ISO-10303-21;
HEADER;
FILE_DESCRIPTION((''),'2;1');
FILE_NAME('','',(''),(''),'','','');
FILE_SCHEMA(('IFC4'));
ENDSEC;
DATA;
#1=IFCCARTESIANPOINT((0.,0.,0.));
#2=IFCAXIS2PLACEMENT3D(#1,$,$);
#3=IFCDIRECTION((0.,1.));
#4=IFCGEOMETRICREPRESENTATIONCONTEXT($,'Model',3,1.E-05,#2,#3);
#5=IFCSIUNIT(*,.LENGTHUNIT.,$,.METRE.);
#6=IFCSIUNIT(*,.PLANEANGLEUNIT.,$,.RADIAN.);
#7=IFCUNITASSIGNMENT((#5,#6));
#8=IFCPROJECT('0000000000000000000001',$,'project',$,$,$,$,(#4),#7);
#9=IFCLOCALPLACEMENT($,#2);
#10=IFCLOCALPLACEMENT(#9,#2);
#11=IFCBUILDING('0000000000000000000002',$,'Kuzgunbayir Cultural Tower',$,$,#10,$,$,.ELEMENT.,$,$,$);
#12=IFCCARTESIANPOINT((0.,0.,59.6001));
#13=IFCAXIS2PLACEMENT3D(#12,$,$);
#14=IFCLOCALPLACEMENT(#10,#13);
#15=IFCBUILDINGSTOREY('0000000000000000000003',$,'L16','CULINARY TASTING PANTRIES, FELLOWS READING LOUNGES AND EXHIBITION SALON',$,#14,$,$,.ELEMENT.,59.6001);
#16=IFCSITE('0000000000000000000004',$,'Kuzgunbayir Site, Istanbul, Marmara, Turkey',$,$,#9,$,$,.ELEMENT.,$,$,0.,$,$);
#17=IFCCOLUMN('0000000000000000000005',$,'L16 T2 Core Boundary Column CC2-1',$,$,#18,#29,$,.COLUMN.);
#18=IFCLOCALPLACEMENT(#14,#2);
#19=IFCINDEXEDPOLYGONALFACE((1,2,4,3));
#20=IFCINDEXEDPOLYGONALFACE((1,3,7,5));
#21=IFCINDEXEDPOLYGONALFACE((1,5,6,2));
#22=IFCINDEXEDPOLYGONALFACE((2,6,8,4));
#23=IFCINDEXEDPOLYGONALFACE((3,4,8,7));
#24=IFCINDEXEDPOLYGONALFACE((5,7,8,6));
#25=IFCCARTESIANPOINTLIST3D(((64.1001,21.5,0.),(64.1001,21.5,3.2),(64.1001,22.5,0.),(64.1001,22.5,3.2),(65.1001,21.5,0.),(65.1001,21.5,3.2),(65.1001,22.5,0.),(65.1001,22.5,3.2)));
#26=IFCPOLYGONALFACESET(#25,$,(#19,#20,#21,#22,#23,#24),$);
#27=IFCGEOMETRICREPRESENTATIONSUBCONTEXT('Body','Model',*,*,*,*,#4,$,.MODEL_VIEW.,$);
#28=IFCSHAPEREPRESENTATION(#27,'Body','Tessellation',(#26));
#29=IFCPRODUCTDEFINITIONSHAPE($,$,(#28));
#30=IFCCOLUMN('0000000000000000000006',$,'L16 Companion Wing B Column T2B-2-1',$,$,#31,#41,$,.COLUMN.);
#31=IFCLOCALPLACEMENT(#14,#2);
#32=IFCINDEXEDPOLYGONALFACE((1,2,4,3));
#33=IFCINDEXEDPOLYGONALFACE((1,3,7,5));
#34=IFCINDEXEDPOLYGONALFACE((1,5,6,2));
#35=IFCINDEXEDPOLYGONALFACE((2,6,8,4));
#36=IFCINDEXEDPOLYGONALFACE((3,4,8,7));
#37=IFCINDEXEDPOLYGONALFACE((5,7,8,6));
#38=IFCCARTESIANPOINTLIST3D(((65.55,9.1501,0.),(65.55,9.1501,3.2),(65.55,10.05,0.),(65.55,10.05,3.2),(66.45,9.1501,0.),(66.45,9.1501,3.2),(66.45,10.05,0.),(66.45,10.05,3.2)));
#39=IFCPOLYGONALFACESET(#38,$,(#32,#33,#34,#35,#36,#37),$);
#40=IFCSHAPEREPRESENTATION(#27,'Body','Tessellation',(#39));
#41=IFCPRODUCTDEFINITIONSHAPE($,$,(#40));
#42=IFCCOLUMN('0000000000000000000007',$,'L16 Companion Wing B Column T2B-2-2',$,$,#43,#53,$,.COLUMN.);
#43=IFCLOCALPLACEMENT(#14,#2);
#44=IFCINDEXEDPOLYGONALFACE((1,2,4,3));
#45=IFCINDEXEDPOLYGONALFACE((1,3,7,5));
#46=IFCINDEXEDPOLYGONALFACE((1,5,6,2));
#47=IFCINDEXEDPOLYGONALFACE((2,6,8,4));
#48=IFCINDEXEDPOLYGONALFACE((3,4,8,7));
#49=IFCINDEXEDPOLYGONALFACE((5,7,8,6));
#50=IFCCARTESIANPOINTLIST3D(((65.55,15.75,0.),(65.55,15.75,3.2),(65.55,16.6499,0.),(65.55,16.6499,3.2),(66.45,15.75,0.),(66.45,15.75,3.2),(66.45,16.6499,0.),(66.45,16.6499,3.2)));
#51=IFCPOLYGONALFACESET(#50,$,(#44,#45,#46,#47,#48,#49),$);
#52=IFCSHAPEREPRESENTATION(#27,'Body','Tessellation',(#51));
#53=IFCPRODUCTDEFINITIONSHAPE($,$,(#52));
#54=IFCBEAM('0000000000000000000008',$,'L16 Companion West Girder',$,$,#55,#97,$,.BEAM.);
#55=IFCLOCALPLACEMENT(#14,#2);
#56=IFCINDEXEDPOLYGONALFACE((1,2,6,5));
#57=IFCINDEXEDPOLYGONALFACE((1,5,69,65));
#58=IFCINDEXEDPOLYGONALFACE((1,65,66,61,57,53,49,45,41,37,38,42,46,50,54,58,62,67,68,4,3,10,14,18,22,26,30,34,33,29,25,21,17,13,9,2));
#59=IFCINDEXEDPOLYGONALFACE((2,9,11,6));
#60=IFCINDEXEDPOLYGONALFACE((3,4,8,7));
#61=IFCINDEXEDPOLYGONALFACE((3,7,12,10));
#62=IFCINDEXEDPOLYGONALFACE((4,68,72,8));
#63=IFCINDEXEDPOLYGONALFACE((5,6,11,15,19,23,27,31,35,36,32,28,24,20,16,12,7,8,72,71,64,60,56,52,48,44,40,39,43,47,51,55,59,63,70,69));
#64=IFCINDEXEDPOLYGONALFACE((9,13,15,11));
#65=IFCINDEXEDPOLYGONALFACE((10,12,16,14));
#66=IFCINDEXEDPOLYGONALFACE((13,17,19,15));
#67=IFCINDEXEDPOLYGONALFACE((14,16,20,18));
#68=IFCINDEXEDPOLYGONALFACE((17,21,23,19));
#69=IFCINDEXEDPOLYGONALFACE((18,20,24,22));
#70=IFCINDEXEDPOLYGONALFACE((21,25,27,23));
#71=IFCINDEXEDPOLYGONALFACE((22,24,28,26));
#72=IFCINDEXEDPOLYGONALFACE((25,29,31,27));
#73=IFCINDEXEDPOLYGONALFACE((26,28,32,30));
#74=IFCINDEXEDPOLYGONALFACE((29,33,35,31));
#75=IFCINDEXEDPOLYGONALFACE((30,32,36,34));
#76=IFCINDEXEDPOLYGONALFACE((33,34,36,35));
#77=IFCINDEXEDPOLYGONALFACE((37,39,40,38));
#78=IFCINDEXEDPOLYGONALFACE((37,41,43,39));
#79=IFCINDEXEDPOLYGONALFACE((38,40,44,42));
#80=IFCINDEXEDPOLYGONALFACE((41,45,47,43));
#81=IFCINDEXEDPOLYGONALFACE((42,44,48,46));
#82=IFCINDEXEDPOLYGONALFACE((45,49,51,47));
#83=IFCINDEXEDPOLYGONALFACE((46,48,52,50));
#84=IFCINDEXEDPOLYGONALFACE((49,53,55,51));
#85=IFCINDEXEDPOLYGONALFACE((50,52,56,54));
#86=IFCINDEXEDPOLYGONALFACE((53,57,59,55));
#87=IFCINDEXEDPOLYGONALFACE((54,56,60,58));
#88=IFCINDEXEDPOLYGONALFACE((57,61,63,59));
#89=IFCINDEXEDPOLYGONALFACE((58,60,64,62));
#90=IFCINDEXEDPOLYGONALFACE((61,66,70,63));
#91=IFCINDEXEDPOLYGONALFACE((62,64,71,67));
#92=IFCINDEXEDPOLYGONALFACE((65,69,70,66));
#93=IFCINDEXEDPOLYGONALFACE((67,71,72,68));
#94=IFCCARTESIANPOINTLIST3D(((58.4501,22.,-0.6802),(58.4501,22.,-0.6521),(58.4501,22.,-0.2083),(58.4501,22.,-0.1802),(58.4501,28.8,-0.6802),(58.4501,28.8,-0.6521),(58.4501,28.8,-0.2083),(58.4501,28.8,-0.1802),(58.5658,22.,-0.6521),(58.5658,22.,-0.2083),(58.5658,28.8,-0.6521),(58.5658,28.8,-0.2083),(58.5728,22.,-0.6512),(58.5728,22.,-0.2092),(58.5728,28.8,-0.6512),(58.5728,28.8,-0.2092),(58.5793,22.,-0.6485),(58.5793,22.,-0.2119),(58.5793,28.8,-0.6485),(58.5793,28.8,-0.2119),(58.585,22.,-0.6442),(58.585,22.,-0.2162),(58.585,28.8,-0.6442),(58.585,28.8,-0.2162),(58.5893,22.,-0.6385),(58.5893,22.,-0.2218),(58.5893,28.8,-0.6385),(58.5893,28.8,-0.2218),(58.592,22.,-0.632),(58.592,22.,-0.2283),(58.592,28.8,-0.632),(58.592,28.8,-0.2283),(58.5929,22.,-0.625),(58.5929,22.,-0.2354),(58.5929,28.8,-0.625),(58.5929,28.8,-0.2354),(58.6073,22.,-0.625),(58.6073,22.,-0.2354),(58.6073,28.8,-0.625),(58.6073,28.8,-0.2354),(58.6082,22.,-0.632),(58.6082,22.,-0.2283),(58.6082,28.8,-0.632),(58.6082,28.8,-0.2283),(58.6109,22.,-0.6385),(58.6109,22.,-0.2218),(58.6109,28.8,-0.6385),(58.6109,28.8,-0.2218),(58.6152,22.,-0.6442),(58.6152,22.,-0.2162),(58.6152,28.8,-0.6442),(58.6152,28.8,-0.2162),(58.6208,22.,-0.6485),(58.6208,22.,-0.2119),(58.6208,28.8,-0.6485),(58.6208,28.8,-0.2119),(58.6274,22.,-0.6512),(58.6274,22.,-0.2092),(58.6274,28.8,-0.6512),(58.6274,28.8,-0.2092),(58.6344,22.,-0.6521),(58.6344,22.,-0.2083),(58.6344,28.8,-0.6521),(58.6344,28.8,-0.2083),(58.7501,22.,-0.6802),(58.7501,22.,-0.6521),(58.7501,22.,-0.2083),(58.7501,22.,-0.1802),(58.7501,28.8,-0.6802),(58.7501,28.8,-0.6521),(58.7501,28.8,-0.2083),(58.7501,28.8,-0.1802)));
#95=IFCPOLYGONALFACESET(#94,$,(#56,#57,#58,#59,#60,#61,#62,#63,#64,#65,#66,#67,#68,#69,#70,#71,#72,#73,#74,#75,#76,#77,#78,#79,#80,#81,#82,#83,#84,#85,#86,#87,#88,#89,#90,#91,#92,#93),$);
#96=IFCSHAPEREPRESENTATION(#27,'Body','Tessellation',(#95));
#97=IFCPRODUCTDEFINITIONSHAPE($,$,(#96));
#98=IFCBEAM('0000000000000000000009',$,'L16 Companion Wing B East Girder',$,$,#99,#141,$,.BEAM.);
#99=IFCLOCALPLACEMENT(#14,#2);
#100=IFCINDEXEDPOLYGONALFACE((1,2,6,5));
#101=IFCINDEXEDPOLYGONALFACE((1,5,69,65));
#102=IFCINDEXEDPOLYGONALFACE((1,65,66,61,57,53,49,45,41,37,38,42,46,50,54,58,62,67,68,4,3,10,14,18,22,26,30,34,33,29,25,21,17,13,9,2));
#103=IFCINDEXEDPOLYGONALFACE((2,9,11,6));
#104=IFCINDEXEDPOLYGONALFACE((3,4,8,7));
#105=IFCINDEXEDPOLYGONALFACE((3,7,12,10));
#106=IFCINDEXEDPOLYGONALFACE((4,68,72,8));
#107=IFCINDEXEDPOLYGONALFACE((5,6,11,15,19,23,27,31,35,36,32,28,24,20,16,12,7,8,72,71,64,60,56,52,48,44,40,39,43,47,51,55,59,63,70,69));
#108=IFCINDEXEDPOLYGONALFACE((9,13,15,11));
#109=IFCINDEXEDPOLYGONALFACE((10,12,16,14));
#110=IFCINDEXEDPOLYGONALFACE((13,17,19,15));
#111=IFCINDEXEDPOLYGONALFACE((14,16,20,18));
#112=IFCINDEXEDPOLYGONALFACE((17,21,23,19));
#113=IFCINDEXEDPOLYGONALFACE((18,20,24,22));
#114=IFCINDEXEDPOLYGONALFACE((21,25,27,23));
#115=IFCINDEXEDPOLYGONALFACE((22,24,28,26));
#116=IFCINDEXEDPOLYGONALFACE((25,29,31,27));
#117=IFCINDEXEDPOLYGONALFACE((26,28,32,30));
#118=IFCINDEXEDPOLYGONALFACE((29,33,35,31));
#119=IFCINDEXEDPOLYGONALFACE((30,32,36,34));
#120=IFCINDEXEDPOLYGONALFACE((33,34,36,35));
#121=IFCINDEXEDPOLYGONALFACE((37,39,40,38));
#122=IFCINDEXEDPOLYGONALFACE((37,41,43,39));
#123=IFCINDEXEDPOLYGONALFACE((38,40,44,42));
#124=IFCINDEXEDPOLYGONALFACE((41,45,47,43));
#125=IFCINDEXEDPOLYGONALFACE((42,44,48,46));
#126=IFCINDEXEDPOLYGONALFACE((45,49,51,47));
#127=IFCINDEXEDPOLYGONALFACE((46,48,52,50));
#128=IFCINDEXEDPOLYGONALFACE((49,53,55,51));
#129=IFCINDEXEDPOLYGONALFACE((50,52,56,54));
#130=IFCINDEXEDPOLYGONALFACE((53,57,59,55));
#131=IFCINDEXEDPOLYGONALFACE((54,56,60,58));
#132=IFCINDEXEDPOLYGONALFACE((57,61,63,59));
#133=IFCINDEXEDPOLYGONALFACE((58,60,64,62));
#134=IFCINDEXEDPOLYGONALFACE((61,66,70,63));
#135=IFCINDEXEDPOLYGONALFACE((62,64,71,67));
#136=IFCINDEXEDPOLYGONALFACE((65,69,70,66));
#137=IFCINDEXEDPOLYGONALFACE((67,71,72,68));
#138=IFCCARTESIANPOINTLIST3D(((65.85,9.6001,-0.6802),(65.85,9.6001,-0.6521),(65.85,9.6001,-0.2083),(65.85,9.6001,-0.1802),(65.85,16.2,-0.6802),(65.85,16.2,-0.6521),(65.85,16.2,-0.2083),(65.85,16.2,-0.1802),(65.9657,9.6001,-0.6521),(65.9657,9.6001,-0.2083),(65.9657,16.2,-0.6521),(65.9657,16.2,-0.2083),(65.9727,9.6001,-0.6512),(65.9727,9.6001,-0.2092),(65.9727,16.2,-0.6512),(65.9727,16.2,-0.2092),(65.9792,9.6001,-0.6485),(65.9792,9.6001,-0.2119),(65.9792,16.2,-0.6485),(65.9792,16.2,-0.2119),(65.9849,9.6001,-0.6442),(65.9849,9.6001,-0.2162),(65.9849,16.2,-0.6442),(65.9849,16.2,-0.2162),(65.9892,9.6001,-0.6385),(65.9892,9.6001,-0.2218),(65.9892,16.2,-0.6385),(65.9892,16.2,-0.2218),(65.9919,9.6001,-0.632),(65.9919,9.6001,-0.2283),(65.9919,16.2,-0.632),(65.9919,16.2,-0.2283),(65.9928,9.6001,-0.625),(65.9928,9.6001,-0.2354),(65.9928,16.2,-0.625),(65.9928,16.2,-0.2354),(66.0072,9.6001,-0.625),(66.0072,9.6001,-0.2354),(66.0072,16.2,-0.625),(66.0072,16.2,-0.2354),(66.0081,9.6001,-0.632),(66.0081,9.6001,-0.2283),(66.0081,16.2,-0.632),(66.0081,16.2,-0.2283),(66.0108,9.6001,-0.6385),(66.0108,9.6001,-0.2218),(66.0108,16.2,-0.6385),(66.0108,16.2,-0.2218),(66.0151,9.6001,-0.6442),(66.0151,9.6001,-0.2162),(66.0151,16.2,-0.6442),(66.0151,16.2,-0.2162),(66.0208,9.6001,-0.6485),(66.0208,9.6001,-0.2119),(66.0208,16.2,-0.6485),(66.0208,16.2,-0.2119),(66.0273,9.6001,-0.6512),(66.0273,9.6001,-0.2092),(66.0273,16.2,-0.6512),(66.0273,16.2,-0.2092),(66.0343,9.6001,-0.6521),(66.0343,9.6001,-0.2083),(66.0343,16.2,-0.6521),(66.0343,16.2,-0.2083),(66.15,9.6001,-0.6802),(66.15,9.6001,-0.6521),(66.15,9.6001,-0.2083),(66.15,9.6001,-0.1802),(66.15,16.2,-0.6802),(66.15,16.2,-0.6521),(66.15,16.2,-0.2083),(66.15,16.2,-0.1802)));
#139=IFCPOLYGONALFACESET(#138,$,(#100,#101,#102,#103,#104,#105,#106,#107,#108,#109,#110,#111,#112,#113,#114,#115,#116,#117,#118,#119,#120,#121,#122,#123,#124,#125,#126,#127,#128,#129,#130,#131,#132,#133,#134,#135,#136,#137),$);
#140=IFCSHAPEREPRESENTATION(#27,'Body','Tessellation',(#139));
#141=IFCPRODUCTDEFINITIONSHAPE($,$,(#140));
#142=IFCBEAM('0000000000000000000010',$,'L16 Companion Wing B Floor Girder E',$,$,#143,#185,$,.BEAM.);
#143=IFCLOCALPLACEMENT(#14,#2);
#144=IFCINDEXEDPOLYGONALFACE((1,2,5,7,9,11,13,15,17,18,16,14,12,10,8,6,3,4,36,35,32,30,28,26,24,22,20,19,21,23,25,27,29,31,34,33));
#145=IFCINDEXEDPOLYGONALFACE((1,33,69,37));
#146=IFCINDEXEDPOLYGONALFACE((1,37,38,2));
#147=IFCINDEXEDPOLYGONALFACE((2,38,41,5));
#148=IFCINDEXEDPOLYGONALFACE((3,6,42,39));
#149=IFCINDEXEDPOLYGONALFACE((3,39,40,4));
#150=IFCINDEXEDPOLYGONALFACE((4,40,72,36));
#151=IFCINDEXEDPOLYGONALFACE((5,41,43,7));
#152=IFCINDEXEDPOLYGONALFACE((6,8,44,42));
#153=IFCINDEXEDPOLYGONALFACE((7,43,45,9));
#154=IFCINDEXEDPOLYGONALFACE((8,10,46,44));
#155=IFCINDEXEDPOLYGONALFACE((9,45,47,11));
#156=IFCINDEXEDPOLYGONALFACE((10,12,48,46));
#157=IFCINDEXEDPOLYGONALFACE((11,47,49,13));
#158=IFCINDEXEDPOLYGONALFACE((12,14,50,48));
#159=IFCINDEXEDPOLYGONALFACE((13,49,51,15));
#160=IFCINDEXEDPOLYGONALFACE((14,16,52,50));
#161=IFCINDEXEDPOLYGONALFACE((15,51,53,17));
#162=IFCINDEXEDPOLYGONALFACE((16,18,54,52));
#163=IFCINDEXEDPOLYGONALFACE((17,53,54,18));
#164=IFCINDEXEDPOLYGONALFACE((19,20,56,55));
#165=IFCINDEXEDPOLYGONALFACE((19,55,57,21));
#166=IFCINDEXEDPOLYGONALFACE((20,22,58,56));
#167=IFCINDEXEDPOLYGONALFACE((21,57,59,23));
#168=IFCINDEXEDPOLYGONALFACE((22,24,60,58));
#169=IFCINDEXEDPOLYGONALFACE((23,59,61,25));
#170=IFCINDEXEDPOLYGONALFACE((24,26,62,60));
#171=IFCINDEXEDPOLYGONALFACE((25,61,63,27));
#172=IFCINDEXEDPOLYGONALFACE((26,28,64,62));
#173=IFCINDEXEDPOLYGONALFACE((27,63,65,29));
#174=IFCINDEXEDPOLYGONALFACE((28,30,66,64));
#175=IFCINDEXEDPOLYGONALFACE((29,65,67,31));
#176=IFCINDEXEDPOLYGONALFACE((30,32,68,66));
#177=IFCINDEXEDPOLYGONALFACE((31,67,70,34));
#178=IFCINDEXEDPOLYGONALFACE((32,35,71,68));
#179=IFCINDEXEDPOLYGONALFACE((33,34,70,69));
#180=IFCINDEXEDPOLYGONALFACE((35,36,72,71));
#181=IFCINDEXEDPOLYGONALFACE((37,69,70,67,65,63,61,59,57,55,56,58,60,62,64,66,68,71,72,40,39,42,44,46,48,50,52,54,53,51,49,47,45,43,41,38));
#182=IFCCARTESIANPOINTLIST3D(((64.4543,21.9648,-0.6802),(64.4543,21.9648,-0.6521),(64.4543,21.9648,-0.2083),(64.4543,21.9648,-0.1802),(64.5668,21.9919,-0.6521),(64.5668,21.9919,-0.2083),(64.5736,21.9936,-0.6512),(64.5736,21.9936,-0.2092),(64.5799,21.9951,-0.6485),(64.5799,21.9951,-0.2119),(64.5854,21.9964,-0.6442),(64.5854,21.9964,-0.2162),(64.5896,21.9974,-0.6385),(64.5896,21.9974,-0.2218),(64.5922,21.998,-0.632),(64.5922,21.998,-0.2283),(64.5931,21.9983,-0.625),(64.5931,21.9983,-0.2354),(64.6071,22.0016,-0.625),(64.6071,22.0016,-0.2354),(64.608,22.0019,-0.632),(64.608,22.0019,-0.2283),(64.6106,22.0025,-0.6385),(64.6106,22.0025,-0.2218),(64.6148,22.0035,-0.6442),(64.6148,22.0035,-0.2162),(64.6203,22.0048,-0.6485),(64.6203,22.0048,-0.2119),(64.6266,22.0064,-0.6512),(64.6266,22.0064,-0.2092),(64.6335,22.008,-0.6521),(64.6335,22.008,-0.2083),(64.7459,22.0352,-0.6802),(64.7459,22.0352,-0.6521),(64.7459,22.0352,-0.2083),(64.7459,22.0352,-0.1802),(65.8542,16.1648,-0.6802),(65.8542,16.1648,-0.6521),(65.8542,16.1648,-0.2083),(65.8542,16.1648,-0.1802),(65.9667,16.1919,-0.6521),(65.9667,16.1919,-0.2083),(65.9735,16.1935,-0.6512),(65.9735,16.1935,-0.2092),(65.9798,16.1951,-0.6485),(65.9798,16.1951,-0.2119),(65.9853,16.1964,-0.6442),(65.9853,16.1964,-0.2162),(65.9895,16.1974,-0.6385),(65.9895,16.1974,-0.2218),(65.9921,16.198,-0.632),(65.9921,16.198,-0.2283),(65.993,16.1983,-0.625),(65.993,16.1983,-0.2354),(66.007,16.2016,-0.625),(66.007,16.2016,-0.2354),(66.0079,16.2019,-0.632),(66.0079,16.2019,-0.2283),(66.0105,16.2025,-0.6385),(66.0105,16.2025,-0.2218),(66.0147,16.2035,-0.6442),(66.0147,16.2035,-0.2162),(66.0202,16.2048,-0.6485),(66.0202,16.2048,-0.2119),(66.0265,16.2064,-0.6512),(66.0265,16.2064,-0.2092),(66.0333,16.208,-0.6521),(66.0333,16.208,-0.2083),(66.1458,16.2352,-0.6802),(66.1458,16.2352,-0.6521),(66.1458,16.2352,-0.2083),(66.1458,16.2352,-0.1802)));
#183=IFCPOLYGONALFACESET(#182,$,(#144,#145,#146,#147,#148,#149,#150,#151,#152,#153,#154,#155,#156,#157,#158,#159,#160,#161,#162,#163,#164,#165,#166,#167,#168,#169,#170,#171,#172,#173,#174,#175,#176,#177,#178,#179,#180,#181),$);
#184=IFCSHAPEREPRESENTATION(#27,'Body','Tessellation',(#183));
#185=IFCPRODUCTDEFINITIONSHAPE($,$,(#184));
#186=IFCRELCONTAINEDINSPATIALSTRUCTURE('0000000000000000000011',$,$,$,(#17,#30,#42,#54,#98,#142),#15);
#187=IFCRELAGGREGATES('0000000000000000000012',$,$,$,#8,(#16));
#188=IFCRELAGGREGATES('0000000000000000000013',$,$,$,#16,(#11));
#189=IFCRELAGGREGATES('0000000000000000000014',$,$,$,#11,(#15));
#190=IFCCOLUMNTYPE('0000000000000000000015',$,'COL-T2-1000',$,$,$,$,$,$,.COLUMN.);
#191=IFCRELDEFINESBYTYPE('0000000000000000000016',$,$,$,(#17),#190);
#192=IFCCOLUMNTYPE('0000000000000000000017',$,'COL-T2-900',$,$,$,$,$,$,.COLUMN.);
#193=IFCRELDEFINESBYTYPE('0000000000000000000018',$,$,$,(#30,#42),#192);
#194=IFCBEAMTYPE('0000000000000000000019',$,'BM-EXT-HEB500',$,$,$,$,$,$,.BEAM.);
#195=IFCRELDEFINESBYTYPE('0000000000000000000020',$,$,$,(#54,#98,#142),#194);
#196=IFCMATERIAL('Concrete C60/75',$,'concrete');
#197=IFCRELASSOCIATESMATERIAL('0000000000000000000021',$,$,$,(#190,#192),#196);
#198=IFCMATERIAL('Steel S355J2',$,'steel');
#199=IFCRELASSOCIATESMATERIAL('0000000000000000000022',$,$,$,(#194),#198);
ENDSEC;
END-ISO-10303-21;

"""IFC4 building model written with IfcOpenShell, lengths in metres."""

from ifc_helpers import new_model, si_unit, direction, frame, origin, origin_2d, place, context, subcontext, project, spatial, rectangle, i_section, extrude, material, material_profile, profile_set, type_object, element, save


model = new_model("IFC4")

# Units and contexts
model_context = context("Model", 3, precision=1e-05, world=origin(), true_north=direction((0.0, 1.0)))
body_context = subcontext(model_context, "Body", "Model", "MODEL_VIEW")
ifc_project = project(units=[si_unit("LENGTHUNIT", "METRE"), si_unit("PLANEANGLEUNIT", "RADIAN")], contexts=[model_context])

# Site, building, storey
site_placement = place(None, origin())
site = spatial("IfcSite", under=ifc_project, at=site_placement, Name="Kuzgunbayir Site, Istanbul, Marmara, Turkey", CompositionType="ELEMENT", RefElevation=0.0)
building_placement = place(site_placement, origin())
building = spatial("IfcBuilding", under=site, at=building_placement, Name="Kuzgunbayir Cultural Tower", CompositionType="ELEMENT")
storey_placement = place(building_placement, frame((0.0, 0.0, 59.6001)))
storey = spatial("IfcBuildingStorey", under=building, at=storey_placement, Name="L16", Description="CULINARY TASTING PANTRIES, FELLOWS READING LOUNGES AND EXHIBITION SALON", CompositionType="ELEMENT", Elevation=59.6001)

# Columns
ifc_material_1 = material(Name="Concrete C60/75", Category="concrete")
ifc_material_profile_1 = material_profile(ifc_material_1, rectangle(XDim=1.0, YDim=1.0, at=origin_2d()), Name="RC 1000x1000")
ifc_profile_set_1 = profile_set([ifc_material_profile_1], Name="Concrete C60/75")
column_type_1 = type_object("IfcColumnType", Name="COL-T2-1000", PredefinedType="COLUMN", material=ifc_profile_set_1)
column_placement = place(storey_placement, frame((64.6001, 22.0, 0.0), z_axis=(0.0, 0.0, 1.0), x_axis=(1.0, 0.0, 0.0)))
element("IfcColumn", 1, at=column_placement, inside=storey, type_object=column_type_1, Name="L16 T2 Core Boundary Column CC2-1", PredefinedType="COLUMN", context=body_context, shape_type="SweptSolid", body=[
    extrude(rectangle(XDim=1.0, YDim=1.0, at=origin_2d()), origin(), (0.0, 0.0, 1.0), 3.2),
])
ifc_material_profile_2 = material_profile(ifc_material_1, rectangle(XDim=0.8999, YDim=0.8999, at=origin_2d()), Name="RC 900x900")
ifc_profile_set_2 = profile_set([ifc_material_profile_2], Name="Concrete C60/75")
column_type_2 = type_object("IfcColumnType", Name="COL-T2-900", PredefinedType="COLUMN", material=ifc_profile_set_2)
for number, where, z_axis, x_axis, name in (
    (2, (66.0, 9.6001, 0.0), (0.0, 0.0, 1.0), (1.0, 0.0, 0.0), "L16 Companion Wing B Column T2B-2-1"),
    (3, (66.0, 16.2, 0.0), (0.0, 0.0, 1.0), (1.0, 0.0, 0.0), "L16 Companion Wing B Column T2B-2-2"),
):
    element("IfcColumn", number, at=place(storey_placement, frame(where, z_axis=z_axis, x_axis=x_axis)), inside=storey, type_object=column_type_2, Name=name, PredefinedType="COLUMN", context=body_context, shape_type="SweptSolid", body=[
        extrude(rectangle(XDim=0.8999, YDim=0.8999, at=origin_2d()), origin(), (0.0, 0.0, 1.0), 3.2),
    ])

# Beams
ifc_material_2 = material(Name="Steel S355J2", Category="steel")
ifc_material_profile_3 = material_profile(ifc_material_2, i_section(OverallWidth=0.3, OverallDepth=0.5, WebThickness=0.0144, FlangeThickness=0.0281, FilletRadius=0.0271, at=origin_2d()), Name="HEB 500")
ifc_profile_set_3 = profile_set([ifc_material_profile_3], Name="Steel S355J2")
beam_type_1 = type_object("IfcBeamType", Name="BM-EXT-HEB500", PredefinedType="BEAM", material=ifc_profile_set_3)
beam_1_placement = place(storey_placement, frame((58.6001, 22.0, -0.4302), z_axis=(0.0, 1.0, 0.0), x_axis=(-1.0, 0.0, 0.0)))
element("IfcBeam", 4, at=beam_1_placement, inside=storey, type_object=beam_type_1, Name="L16 Companion West Girder", PredefinedType="BEAM", context=body_context, shape_type="SweptSolid", body=[
    extrude(i_section(OverallWidth=0.3, OverallDepth=0.5, WebThickness=0.0144, FlangeThickness=0.0281, FilletRadius=0.0271, at=origin_2d()), origin(), (0.0, 0.0, 1.0), 6.8),
])
beam_2_placement = place(storey_placement, frame((66.0, 9.6001, -0.4302), z_axis=(0.0, 1.0, 0.0), x_axis=(-1.0, 0.0, 0.0)))
element("IfcBeam", 5, at=beam_2_placement, inside=storey, type_object=beam_type_1, Name="L16 Companion Wing B East Girder", PredefinedType="BEAM", context=body_context, shape_type="SweptSolid", body=[
    extrude(i_section(OverallWidth=0.3, OverallDepth=0.5, WebThickness=0.0144, FlangeThickness=0.0281, FilletRadius=0.0271, at=origin_2d()), origin(), (0.0, 0.0, 1.0), 6.5999),
])
beam_3_placement = place(storey_placement, frame((66.0, 16.2, -0.4302), z_axis=(-0.234623, 0.972086, 0.0), x_axis=(-0.972086, -0.234623, 0.0)))
element("IfcBeam", 6, at=beam_3_placement, inside=storey, type_object=beam_type_1, Name="L16 Companion Wing B Floor Girder E", PredefinedType="BEAM", context=body_context, shape_type="SweptSolid", body=[
    extrude(i_section(OverallWidth=0.3, OverallDepth=0.5, WebThickness=0.0144, FlangeThickness=0.0281, FilletRadius=0.0271, at=origin_2d()), origin(), (0.0, 0.0, 1.0), 5.9666),
])

save(model, "model.ifc")
